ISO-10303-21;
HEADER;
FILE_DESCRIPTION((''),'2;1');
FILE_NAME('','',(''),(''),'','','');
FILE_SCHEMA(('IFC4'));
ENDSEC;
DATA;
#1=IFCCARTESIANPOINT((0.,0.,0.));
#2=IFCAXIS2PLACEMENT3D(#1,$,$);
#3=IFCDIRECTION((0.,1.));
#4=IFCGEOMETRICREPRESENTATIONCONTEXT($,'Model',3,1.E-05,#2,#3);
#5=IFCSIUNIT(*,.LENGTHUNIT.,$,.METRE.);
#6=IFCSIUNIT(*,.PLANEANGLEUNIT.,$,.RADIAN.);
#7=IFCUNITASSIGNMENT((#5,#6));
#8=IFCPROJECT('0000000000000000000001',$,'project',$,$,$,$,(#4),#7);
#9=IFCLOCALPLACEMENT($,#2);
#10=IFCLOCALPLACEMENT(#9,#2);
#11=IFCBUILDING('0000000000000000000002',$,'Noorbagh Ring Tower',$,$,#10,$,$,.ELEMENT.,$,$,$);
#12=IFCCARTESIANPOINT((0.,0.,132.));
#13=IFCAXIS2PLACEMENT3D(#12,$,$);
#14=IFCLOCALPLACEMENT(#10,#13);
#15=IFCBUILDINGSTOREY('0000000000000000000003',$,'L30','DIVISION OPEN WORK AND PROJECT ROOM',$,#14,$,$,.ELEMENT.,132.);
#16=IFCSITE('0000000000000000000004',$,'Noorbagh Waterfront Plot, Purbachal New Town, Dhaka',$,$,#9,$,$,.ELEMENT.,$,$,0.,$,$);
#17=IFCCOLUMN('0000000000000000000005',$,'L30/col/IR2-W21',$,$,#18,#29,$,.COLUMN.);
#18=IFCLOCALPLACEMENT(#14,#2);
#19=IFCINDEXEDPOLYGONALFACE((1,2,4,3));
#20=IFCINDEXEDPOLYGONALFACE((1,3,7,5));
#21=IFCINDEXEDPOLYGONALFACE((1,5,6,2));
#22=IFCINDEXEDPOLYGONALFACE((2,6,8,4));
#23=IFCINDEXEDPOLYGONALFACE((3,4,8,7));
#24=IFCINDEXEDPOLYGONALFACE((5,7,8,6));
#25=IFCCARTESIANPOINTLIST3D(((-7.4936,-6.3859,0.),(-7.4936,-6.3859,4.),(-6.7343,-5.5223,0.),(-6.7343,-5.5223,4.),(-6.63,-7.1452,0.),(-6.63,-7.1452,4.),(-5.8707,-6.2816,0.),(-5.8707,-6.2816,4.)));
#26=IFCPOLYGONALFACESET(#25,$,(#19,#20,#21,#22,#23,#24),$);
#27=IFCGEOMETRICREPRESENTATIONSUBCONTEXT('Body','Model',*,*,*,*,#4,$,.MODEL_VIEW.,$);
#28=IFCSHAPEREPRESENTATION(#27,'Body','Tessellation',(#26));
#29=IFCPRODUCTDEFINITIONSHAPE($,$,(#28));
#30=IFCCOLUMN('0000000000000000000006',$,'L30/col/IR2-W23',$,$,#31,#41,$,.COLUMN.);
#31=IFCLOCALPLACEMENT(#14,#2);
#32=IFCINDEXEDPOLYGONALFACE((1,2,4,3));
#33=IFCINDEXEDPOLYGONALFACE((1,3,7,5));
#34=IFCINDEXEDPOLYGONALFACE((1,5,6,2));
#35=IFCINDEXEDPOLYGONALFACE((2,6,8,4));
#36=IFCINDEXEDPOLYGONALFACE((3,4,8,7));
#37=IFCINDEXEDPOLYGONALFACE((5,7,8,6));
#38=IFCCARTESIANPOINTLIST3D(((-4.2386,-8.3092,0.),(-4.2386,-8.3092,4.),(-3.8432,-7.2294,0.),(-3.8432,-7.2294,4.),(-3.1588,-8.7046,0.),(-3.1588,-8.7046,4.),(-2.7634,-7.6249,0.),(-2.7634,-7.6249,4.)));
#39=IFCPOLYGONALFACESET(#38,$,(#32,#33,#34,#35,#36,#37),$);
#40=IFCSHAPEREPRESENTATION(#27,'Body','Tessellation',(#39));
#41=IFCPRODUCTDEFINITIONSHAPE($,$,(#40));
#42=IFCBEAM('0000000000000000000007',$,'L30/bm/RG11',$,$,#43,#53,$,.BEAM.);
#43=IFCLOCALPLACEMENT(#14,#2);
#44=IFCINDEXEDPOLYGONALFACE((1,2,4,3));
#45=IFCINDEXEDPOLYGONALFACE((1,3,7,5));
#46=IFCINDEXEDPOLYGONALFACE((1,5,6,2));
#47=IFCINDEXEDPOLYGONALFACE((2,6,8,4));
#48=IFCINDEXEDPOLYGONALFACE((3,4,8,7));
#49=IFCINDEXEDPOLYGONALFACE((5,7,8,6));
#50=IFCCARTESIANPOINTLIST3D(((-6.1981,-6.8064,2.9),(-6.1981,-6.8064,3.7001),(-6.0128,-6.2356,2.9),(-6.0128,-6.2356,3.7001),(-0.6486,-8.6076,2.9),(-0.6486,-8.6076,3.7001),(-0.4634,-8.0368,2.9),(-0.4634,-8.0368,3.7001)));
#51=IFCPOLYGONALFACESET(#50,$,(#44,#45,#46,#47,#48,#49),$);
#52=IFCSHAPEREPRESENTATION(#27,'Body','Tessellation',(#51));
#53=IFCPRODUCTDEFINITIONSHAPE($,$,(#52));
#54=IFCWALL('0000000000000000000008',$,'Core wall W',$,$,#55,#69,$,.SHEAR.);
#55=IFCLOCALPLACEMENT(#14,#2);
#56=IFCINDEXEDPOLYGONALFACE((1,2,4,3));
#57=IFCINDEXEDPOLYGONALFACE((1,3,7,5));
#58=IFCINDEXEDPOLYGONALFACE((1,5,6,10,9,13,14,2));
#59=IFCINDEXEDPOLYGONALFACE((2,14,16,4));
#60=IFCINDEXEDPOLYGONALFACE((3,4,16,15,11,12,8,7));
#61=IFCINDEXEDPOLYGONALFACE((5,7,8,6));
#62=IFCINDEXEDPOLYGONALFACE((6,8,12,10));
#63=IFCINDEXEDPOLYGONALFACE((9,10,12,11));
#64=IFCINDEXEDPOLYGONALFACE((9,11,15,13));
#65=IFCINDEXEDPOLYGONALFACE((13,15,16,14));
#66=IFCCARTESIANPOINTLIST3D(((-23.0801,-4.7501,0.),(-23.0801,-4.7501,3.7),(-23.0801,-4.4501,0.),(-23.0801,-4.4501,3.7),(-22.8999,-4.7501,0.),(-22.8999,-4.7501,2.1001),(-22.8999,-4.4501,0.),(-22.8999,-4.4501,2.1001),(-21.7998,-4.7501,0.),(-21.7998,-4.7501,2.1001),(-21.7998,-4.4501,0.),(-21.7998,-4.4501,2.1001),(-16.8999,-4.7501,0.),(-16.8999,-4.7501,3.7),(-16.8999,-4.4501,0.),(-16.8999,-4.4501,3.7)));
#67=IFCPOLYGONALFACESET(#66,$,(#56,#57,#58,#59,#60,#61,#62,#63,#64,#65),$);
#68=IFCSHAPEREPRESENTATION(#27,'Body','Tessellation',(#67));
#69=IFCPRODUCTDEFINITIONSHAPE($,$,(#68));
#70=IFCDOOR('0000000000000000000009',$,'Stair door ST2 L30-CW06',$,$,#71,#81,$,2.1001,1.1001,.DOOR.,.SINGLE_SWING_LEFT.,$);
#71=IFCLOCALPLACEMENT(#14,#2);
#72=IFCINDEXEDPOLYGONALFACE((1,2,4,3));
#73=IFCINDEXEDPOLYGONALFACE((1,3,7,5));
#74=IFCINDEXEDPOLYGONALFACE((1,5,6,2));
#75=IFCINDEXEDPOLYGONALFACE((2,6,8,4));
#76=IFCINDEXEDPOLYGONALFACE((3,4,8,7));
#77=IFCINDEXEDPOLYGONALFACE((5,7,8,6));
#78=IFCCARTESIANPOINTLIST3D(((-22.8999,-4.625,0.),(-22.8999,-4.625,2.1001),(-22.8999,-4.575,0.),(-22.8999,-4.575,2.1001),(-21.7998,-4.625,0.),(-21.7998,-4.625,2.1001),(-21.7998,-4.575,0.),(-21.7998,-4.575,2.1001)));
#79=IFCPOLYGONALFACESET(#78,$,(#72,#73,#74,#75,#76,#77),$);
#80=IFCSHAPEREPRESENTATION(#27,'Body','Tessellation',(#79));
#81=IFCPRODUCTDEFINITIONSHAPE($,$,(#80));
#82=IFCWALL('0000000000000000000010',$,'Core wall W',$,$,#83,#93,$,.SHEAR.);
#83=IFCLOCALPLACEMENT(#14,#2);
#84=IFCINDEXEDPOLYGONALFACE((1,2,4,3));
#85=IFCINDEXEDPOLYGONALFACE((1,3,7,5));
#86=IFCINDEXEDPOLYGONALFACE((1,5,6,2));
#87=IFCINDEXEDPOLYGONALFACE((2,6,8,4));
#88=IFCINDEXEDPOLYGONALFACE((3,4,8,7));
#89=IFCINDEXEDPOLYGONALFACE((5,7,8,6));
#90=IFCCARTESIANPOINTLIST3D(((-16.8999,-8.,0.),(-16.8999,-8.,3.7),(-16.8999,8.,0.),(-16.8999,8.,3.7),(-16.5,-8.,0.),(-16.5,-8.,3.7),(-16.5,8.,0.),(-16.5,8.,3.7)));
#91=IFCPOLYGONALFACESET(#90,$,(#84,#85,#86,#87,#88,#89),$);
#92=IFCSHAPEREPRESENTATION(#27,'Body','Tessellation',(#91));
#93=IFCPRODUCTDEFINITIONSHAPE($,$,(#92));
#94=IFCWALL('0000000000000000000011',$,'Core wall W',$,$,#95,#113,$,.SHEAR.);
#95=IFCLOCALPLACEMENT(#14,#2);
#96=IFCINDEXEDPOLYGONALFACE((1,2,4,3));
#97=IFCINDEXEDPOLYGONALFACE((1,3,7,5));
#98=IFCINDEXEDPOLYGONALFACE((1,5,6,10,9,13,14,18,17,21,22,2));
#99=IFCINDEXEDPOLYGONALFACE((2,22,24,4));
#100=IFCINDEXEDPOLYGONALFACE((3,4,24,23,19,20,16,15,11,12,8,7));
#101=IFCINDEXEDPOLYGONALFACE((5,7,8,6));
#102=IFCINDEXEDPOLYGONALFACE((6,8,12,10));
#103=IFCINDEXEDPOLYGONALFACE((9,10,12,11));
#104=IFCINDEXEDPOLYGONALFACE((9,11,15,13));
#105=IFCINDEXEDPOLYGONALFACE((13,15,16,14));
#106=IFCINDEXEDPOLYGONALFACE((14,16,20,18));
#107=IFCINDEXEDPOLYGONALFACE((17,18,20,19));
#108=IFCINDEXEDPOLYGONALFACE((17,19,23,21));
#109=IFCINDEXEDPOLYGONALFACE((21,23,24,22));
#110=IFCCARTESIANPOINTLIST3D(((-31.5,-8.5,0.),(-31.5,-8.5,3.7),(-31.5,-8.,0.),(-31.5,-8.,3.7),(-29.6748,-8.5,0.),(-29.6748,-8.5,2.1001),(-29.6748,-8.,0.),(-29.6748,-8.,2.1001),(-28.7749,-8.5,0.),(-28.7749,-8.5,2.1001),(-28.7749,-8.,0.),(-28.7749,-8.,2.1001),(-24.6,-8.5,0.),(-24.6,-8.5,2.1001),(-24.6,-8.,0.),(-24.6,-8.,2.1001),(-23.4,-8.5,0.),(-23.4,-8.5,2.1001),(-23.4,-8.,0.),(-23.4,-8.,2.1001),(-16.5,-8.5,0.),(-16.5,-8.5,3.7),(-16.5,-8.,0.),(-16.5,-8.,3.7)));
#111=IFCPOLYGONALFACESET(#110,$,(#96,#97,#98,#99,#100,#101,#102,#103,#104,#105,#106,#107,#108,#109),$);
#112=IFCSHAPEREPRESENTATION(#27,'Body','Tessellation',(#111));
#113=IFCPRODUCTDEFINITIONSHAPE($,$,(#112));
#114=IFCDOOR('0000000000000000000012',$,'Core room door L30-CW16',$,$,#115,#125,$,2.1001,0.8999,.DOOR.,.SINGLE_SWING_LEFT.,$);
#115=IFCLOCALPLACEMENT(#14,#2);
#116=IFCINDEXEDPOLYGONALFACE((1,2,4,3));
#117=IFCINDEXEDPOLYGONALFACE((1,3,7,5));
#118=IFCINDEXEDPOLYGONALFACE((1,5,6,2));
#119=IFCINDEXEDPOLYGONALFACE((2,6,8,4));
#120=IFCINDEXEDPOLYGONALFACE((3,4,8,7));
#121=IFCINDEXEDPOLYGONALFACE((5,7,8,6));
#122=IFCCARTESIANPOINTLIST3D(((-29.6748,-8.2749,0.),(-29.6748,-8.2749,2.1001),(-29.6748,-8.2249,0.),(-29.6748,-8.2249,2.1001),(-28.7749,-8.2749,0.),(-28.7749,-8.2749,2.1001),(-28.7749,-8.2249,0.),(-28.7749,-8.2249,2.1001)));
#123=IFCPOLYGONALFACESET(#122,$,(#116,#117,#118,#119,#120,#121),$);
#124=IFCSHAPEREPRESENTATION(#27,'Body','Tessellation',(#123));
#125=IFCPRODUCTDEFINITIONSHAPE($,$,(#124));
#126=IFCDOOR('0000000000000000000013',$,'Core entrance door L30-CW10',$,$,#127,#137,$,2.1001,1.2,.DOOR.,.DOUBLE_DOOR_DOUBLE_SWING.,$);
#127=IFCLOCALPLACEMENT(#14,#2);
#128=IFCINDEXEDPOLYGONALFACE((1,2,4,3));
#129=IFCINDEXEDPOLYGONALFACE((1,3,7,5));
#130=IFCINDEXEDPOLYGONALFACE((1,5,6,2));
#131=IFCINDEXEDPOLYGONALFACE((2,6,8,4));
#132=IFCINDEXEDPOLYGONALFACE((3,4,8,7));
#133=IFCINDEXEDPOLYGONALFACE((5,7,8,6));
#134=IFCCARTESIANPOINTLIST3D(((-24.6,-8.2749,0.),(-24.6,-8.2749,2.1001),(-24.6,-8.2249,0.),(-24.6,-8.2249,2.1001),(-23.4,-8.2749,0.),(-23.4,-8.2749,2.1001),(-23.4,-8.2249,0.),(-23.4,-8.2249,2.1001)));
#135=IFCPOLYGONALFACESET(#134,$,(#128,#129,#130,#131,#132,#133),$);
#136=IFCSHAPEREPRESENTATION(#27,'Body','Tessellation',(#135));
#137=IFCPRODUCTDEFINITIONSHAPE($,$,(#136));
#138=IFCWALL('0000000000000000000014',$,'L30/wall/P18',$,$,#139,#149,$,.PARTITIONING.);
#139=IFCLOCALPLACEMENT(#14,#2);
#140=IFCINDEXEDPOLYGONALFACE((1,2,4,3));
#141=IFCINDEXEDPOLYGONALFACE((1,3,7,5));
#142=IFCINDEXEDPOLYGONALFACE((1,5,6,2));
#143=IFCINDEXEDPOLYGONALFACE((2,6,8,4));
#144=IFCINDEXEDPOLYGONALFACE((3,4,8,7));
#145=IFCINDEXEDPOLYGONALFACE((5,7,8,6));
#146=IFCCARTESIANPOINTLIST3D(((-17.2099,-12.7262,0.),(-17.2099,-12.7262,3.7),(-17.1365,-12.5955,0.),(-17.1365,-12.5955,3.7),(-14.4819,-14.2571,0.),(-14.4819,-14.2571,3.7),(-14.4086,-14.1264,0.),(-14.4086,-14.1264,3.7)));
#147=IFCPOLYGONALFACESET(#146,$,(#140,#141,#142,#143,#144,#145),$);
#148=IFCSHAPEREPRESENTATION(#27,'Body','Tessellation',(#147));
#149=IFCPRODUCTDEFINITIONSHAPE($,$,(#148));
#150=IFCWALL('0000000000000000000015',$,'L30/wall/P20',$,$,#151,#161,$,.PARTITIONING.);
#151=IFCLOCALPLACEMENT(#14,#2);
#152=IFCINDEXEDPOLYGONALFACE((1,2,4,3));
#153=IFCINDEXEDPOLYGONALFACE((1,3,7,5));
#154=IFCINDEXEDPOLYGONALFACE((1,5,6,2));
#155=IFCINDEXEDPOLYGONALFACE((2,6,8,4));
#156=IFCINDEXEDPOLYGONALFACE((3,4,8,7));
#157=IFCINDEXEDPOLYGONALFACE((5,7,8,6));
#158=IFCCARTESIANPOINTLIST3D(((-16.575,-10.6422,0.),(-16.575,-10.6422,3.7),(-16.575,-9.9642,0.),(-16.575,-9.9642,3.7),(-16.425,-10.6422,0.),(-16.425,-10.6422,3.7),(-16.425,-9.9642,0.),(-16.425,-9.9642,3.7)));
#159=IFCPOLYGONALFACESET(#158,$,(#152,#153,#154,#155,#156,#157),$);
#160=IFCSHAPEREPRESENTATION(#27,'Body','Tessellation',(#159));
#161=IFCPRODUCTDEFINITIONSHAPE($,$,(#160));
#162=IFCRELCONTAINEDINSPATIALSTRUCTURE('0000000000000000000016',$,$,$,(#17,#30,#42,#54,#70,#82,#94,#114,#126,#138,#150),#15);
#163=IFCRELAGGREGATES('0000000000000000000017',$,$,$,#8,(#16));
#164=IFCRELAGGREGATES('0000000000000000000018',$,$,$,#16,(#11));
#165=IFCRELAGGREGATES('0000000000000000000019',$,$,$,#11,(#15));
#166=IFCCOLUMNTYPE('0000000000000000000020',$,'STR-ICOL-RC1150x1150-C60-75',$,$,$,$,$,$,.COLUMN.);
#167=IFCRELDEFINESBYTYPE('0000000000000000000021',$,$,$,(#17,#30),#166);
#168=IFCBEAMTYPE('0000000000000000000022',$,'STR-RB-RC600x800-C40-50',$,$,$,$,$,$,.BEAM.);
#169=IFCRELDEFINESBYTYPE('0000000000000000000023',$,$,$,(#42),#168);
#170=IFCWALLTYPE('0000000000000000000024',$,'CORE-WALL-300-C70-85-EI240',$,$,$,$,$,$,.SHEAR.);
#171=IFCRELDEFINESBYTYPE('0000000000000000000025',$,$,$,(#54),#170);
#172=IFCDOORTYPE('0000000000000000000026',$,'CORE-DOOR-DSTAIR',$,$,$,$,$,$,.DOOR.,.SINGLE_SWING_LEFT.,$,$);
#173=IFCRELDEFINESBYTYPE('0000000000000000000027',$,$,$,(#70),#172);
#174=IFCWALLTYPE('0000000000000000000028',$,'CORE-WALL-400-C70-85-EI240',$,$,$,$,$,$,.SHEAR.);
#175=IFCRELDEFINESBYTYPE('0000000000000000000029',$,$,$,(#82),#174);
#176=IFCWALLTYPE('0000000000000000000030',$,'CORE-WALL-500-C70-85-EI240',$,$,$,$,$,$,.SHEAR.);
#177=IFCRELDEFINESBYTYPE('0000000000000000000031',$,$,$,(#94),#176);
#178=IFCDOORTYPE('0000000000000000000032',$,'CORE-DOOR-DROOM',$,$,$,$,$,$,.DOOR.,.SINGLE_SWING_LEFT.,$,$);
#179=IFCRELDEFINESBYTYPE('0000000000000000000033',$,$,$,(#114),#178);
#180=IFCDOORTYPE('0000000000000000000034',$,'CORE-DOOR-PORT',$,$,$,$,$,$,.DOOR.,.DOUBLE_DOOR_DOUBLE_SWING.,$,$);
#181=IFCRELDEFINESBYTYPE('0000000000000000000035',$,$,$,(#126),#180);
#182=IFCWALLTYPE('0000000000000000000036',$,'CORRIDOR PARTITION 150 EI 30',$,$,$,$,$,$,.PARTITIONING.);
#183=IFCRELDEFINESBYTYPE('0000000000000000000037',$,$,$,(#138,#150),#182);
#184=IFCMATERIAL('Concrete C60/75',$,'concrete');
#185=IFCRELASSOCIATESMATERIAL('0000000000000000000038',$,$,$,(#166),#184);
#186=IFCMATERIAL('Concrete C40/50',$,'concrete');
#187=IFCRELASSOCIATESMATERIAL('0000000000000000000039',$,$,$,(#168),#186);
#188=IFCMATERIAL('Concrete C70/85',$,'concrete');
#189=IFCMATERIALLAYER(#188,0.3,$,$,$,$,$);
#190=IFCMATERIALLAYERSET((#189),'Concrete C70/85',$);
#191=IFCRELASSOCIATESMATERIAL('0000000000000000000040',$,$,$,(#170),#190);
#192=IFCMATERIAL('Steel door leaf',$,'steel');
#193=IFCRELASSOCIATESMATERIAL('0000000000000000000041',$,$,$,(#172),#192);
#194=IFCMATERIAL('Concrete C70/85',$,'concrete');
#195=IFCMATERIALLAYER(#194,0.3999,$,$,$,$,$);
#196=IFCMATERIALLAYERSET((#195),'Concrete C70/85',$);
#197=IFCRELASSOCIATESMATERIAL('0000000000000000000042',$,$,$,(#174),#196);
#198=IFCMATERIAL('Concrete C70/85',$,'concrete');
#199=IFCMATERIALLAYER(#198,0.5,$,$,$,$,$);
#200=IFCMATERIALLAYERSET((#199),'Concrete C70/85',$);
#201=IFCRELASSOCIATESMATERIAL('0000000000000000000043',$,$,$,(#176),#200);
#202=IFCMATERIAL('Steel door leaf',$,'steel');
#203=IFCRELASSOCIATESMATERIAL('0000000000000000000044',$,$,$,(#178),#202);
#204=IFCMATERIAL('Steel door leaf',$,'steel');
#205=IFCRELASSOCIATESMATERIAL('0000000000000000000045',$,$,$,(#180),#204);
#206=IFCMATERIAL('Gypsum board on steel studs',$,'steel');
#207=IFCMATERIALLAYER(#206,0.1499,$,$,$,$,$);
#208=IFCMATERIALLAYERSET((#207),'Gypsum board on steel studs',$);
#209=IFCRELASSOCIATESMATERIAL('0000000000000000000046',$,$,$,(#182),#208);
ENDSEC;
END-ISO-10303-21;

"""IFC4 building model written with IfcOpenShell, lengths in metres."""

from ifc_helpers import new_model, si_unit, direction, frame, frame_2d, origin, origin_2d, place, context, subcontext, project, spatial, rectangle, extrude, material, layer, layer_set, material_profile, profile_set, type_object, element, fill, save


model = new_model("IFC4")

# Units and contexts
model_context = context("Model", 3, precision=1e-05, world=origin(), true_north=direction((0.0, 1.0)))
body_context = subcontext(model_context, "Body", "Model", "MODEL_VIEW")
ifc_project = project(units=[si_unit("LENGTHUNIT", "METRE"), si_unit("PLANEANGLEUNIT", "RADIAN")], contexts=[model_context])

# Site, building, storey
site_placement = place(None, origin())
site = spatial("IfcSite", under=ifc_project, at=site_placement, Name="Noorbagh Waterfront Plot, Purbachal New Town, Dhaka", CompositionType="ELEMENT", RefElevation=0.0)
building_placement = place(site_placement, origin())
building = spatial("IfcBuilding", under=site, at=building_placement, Name="Noorbagh Ring Tower", CompositionType="ELEMENT")
storey_placement = place(building_placement, frame((0.0, 0.0, 132.0)))
storey = spatial("IfcBuildingStorey", under=building, at=storey_placement, Name="L30", Description="DIVISION OPEN WORK AND PROJECT ROOM", CompositionType="ELEMENT", Elevation=132.0)

# Columns
ifc_material_1 = material(Name="Concrete C60/75", Category="concrete")
ifc_material_profile_1 = material_profile(ifc_material_1, rectangle(XDim=1.1499, YDim=1.1499, at=origin_2d()), Name="RC1150x1150")
ifc_profile_set_1 = profile_set([ifc_material_profile_1], Name="Concrete C60/75")
column_type = type_object("IfcColumnType", Name="STR-ICOL-RC1150x1150-C60-75", PredefinedType="COLUMN", material=ifc_profile_set_1)
for number, where, z_axis, x_axis, name in (
    (1, (-6.6821, -6.3337, 0.0), (0.0, 0.0, 1.0), (0.751022, -0.660277, 0.0), "L30/col/IR2-W21"),
    (2, (-3.501, -7.967, 0.0), (0.0, 0.0, 1.0), (0.93902, -0.343864, 0.0), "L30/col/IR2-W23"),
):
    element("IfcColumn", number, at=place(storey_placement, frame(where, z_axis=z_axis, x_axis=x_axis)), inside=storey, type_object=column_type, Name=name, PredefinedType="COLUMN", context=body_context, shape_type="SweptSolid", body=[
        extrude(rectangle(XDim=1.1499, YDim=1.1499, at=origin_2d()), origin(), (0.0, 0.0, 1.0), 4.0),
    ])

# Beam
ifc_material_2 = material(Name="Concrete C40/50", Category="concrete")
ifc_material_profile_2 = material_profile(ifc_material_2, rectangle(XDim=0.6001, YDim=0.8, at=origin_2d()), Name="RC600x800")
ifc_profile_set_2 = profile_set([ifc_material_profile_2], Name="Concrete C40/50")
beam_type = type_object("IfcBeamType", Name="STR-RB-RC600x800-C40-50", PredefinedType="BEAM", material=ifc_profile_set_2)
beam_placement = place(storey_placement, frame((-6.1055, -6.521, 3.3), z_axis=(0.951152, -0.308724, 0.0), x_axis=(0.308724, 0.951152, 0.0)))
element("IfcBeam", 3, at=beam_placement, inside=storey, type_object=beam_type, Name="L30/bm/RG11", PredefinedType="BEAM", context=body_context, shape_type="SweptSolid", body=[
    extrude(rectangle(XDim=0.6001, YDim=0.8, at=origin_2d()), origin(), (0.0, 0.0, 1.0), 5.8345),
])

# Wall, opening, door
ifc_material_3 = material(Name="Concrete C70/85", Category="concrete")
ifc_layer_1 = layer(ifc_material_3, 0.3)
ifc_layer_set_1 = layer_set([ifc_layer_1], Name="Concrete C70/85")
wall_type_1 = type_object("IfcWallType", Name="CORE-WALL-300-C70-85-EI240", PredefinedType="SHEAR", material=ifc_layer_set_1)
wall_1_placement = place(storey_placement, frame((-16.8999, -4.6001, 0.0), z_axis=(0.0, 0.0, 1.0), x_axis=(-1.0, 0.0, 0.0)))
wall_1 = element("IfcWall", 4, at=wall_1_placement, inside=storey, type_object=wall_type_1, Name="Core wall W", PredefinedType="SHEAR", context=body_context, shape_type="SweptSolid", body=[
    extrude(rectangle(XDim=6.1802, YDim=0.3, at=frame_2d((3.0901, 0.0))), origin(), (0.0, 0.0, 1.0), 3.7),
])
opening_1_placement = place(wall_1_placement, frame((4.8999, 0.0, 0.0)))
opening_1 = element("IfcOpeningElement", 5, at=opening_1_placement, cuts=wall_1, PredefinedType="OPENING", context=body_context, shape_type="SweptSolid", body=[
    extrude(rectangle(XDim=1.1001, YDim=2.1001, at=frame_2d((0.55, 1.05))), frame((0.0, 0.1602, 0.0), z_axis=(0.0, -1.0, 0.0), x_axis=(1.0, 0.0, 0.0)), (0.0, 0.0, 1.0), 0.3201),
])
ifc_material_4 = material(Name="Steel door leaf", Category="steel")
door_type_1 = type_object("IfcDoorType", Name="CORE-DOOR-DSTAIR", OperationType="SINGLE_SWING_LEFT", PredefinedType="DOOR", material=ifc_material_4)
door_1_placement = place(opening_1_placement, origin())
door_1 = element("IfcDoor", 6, at=door_1_placement, inside=storey, type_object=door_type_1, Name="Stair door ST2 L30-CW06", OperationType="SINGLE_SWING_LEFT", OverallHeight=2.1001, OverallWidth=1.1001, PredefinedType="DOOR", context=body_context, shape_type="SweptSolid", body=[
    extrude(rectangle(XDim=1.1001, YDim=2.1001, at=frame_2d((0.55, 1.05))), frame((0.0, 0.0249, 0.0), z_axis=(0.0, -1.0, 0.0), x_axis=(1.0, 0.0, 0.0)), (0.0, 0.0, 1.0), 0.05),
])
fill(opening_1, door_1)

# Wall
ifc_material_5 = material(Name="Concrete C70/85", Category="concrete")
ifc_layer_2 = layer(ifc_material_5, 0.3999)
ifc_layer_set_2 = layer_set([ifc_layer_2], Name="Concrete C70/85")
wall_type_2 = type_object("IfcWallType", Name="CORE-WALL-400-C70-85-EI240", PredefinedType="SHEAR", material=ifc_layer_set_2)
wall_2_placement = place(storey_placement, frame((-16.7, -8.0, 0.0), z_axis=(0.0, 0.0, 1.0), x_axis=(0.0, 1.0, 0.0)))
element("IfcWall", 7, at=wall_2_placement, inside=storey, type_object=wall_type_2, Name="Core wall W", PredefinedType="SHEAR", context=body_context, shape_type="SweptSolid", body=[
    extrude(rectangle(XDim=16.0, YDim=0.3999, at=frame_2d((8.0, 0.0))), origin(), (0.0, 0.0, 1.0), 3.7),
])

# Wall, openings, doors
ifc_material_6 = material(Name="Concrete C70/85", Category="concrete")
ifc_layer_3 = layer(ifc_material_6, 0.5)
ifc_layer_set_3 = layer_set([ifc_layer_3], Name="Concrete C70/85")
wall_type_3 = type_object("IfcWallType", Name="CORE-WALL-500-C70-85-EI240", PredefinedType="SHEAR", material=ifc_layer_set_3)
wall_3_placement = place(storey_placement, frame((-16.5, -8.25, 0.0), z_axis=(0.0, 0.0, 1.0), x_axis=(-1.0, 0.0, 0.0)))
wall_3 = element("IfcWall", 8, at=wall_3_placement, inside=storey, type_object=wall_type_3, Name="Core wall W", PredefinedType="SHEAR", context=body_context, shape_type="SweptSolid", body=[
    extrude(rectangle(XDim=15.0, YDim=0.5, at=frame_2d((7.5, 0.0))), origin(), (0.0, 0.0, 1.0), 3.7),
])
opening_2_placement = place(wall_3_placement, frame((6.8999, 0.0, 0.0)))
opening_2 = element("IfcOpeningElement", 9, at=opening_2_placement, cuts=wall_3, PredefinedType="OPENING", context=body_context, shape_type="SweptSolid", body=[
    extrude(rectangle(XDim=1.2, YDim=2.1001, at=frame_2d((0.6001, 1.05))), frame((0.0, 0.26, 0.0), z_axis=(0.0, -1.0, 0.0), x_axis=(1.0, 0.0, 0.0)), (0.0, 0.0, 1.0), 0.52),
])
opening_3_placement = place(wall_3_placement, frame((12.2749, 0.0, 0.0)))
opening_3 = element("IfcOpeningElement", 10, at=opening_3_placement, cuts=wall_3, PredefinedType="OPENING", context=body_context, shape_type="SweptSolid", body=[
    extrude(rectangle(XDim=0.8999, YDim=2.1001, at=frame_2d((0.45, 1.05))), frame((0.0, 0.26, 0.0), z_axis=(0.0, -1.0, 0.0), x_axis=(1.0, 0.0, 0.0)), (0.0, 0.0, 1.0), 0.52),
])
ifc_material_7 = material(Name="Steel door leaf", Category="steel")
door_type_2 = type_object("IfcDoorType", Name="CORE-DOOR-DROOM", OperationType="SINGLE_SWING_LEFT", PredefinedType="DOOR", material=ifc_material_7)
door_2_placement = place(opening_3_placement, origin())
door_2 = element("IfcDoor", 11, at=door_2_placement, inside=storey, type_object=door_type_2, Name="Core room door L30-CW16", OperationType="SINGLE_SWING_LEFT", OverallHeight=2.1001, OverallWidth=0.8999, PredefinedType="DOOR", context=body_context, shape_type="SweptSolid", body=[
    extrude(rectangle(XDim=0.8999, YDim=2.1001, at=frame_2d((0.45, 1.05))), frame((0.0, 0.0249, 0.0), z_axis=(0.0, -1.0, 0.0), x_axis=(1.0, 0.0, 0.0)), (0.0, 0.0, 1.0), 0.05),
])
fill(opening_3, door_2)
ifc_material_8 = material(Name="Steel door leaf", Category="steel")
door_type_3 = type_object("IfcDoorType", Name="CORE-DOOR-PORT", OperationType="DOUBLE_DOOR_DOUBLE_SWING", PredefinedType="DOOR", material=ifc_material_8)
door_3_placement = place(opening_2_placement, origin())
door_3 = element("IfcDoor", 12, at=door_3_placement, inside=storey, type_object=door_type_3, Name="Core entrance door L30-CW10", OperationType="DOUBLE_DOOR_DOUBLE_SWING", OverallHeight=2.1001, OverallWidth=1.2, PredefinedType="DOOR", context=body_context, shape_type="SweptSolid", body=[
    extrude(rectangle(XDim=1.2, YDim=2.1001, at=frame_2d((0.6001, 1.05))), frame((0.0, 0.0249, 0.0), z_axis=(0.0, -1.0, 0.0), x_axis=(1.0, 0.0, 0.0)), (0.0, 0.0, 1.0), 0.05),
])
fill(opening_2, door_3)

# Walls
ifc_material_9 = material(Name="Gypsum board on steel studs", Category="steel")
ifc_layer_4 = layer(ifc_material_9, 0.1499)
ifc_layer_set_4 = layer_set([ifc_layer_4], Name="Gypsum board on steel studs")
wall_type_4 = type_object("IfcWallType", Name="CORRIDOR PARTITION 150 EI 30", PredefinedType="PARTITIONING", material=ifc_layer_set_4)
wall_4_placement = place(storey_placement, frame((-17.1731, -12.6609, 0.0), z_axis=(0.0, 0.0, 1.0), x_axis=(0.872054, -0.489409, 0.0)))
element("IfcWall", 13, at=wall_4_placement, inside=storey, type_object=wall_type_4, Name="L30/wall/P18", PredefinedType="PARTITIONING", context=body_context, shape_type="SweptSolid", body=[
    extrude(rectangle(XDim=3.1282, YDim=0.1499, at=frame_2d((1.564, 0.0))), origin(), (0.0, 0.0, 1.0), 3.7),
])
wall_5_placement = place(storey_placement, frame((-16.5, -10.6421, 0.0), z_axis=(0.0, 0.0, 1.0), x_axis=(0.0, 1.0, 0.0)))
element("IfcWall", 14, at=wall_5_placement, inside=storey, type_object=wall_type_4, Name="L30/wall/P20", PredefinedType="PARTITIONING", context=body_context, shape_type="SweptSolid", body=[
    extrude(rectangle(XDim=0.678, YDim=0.1499, at=frame_2d((0.3389, 0.0))), origin(), (0.0, 0.0, 1.0), 3.7),
])

save(model, "model.ifc")
